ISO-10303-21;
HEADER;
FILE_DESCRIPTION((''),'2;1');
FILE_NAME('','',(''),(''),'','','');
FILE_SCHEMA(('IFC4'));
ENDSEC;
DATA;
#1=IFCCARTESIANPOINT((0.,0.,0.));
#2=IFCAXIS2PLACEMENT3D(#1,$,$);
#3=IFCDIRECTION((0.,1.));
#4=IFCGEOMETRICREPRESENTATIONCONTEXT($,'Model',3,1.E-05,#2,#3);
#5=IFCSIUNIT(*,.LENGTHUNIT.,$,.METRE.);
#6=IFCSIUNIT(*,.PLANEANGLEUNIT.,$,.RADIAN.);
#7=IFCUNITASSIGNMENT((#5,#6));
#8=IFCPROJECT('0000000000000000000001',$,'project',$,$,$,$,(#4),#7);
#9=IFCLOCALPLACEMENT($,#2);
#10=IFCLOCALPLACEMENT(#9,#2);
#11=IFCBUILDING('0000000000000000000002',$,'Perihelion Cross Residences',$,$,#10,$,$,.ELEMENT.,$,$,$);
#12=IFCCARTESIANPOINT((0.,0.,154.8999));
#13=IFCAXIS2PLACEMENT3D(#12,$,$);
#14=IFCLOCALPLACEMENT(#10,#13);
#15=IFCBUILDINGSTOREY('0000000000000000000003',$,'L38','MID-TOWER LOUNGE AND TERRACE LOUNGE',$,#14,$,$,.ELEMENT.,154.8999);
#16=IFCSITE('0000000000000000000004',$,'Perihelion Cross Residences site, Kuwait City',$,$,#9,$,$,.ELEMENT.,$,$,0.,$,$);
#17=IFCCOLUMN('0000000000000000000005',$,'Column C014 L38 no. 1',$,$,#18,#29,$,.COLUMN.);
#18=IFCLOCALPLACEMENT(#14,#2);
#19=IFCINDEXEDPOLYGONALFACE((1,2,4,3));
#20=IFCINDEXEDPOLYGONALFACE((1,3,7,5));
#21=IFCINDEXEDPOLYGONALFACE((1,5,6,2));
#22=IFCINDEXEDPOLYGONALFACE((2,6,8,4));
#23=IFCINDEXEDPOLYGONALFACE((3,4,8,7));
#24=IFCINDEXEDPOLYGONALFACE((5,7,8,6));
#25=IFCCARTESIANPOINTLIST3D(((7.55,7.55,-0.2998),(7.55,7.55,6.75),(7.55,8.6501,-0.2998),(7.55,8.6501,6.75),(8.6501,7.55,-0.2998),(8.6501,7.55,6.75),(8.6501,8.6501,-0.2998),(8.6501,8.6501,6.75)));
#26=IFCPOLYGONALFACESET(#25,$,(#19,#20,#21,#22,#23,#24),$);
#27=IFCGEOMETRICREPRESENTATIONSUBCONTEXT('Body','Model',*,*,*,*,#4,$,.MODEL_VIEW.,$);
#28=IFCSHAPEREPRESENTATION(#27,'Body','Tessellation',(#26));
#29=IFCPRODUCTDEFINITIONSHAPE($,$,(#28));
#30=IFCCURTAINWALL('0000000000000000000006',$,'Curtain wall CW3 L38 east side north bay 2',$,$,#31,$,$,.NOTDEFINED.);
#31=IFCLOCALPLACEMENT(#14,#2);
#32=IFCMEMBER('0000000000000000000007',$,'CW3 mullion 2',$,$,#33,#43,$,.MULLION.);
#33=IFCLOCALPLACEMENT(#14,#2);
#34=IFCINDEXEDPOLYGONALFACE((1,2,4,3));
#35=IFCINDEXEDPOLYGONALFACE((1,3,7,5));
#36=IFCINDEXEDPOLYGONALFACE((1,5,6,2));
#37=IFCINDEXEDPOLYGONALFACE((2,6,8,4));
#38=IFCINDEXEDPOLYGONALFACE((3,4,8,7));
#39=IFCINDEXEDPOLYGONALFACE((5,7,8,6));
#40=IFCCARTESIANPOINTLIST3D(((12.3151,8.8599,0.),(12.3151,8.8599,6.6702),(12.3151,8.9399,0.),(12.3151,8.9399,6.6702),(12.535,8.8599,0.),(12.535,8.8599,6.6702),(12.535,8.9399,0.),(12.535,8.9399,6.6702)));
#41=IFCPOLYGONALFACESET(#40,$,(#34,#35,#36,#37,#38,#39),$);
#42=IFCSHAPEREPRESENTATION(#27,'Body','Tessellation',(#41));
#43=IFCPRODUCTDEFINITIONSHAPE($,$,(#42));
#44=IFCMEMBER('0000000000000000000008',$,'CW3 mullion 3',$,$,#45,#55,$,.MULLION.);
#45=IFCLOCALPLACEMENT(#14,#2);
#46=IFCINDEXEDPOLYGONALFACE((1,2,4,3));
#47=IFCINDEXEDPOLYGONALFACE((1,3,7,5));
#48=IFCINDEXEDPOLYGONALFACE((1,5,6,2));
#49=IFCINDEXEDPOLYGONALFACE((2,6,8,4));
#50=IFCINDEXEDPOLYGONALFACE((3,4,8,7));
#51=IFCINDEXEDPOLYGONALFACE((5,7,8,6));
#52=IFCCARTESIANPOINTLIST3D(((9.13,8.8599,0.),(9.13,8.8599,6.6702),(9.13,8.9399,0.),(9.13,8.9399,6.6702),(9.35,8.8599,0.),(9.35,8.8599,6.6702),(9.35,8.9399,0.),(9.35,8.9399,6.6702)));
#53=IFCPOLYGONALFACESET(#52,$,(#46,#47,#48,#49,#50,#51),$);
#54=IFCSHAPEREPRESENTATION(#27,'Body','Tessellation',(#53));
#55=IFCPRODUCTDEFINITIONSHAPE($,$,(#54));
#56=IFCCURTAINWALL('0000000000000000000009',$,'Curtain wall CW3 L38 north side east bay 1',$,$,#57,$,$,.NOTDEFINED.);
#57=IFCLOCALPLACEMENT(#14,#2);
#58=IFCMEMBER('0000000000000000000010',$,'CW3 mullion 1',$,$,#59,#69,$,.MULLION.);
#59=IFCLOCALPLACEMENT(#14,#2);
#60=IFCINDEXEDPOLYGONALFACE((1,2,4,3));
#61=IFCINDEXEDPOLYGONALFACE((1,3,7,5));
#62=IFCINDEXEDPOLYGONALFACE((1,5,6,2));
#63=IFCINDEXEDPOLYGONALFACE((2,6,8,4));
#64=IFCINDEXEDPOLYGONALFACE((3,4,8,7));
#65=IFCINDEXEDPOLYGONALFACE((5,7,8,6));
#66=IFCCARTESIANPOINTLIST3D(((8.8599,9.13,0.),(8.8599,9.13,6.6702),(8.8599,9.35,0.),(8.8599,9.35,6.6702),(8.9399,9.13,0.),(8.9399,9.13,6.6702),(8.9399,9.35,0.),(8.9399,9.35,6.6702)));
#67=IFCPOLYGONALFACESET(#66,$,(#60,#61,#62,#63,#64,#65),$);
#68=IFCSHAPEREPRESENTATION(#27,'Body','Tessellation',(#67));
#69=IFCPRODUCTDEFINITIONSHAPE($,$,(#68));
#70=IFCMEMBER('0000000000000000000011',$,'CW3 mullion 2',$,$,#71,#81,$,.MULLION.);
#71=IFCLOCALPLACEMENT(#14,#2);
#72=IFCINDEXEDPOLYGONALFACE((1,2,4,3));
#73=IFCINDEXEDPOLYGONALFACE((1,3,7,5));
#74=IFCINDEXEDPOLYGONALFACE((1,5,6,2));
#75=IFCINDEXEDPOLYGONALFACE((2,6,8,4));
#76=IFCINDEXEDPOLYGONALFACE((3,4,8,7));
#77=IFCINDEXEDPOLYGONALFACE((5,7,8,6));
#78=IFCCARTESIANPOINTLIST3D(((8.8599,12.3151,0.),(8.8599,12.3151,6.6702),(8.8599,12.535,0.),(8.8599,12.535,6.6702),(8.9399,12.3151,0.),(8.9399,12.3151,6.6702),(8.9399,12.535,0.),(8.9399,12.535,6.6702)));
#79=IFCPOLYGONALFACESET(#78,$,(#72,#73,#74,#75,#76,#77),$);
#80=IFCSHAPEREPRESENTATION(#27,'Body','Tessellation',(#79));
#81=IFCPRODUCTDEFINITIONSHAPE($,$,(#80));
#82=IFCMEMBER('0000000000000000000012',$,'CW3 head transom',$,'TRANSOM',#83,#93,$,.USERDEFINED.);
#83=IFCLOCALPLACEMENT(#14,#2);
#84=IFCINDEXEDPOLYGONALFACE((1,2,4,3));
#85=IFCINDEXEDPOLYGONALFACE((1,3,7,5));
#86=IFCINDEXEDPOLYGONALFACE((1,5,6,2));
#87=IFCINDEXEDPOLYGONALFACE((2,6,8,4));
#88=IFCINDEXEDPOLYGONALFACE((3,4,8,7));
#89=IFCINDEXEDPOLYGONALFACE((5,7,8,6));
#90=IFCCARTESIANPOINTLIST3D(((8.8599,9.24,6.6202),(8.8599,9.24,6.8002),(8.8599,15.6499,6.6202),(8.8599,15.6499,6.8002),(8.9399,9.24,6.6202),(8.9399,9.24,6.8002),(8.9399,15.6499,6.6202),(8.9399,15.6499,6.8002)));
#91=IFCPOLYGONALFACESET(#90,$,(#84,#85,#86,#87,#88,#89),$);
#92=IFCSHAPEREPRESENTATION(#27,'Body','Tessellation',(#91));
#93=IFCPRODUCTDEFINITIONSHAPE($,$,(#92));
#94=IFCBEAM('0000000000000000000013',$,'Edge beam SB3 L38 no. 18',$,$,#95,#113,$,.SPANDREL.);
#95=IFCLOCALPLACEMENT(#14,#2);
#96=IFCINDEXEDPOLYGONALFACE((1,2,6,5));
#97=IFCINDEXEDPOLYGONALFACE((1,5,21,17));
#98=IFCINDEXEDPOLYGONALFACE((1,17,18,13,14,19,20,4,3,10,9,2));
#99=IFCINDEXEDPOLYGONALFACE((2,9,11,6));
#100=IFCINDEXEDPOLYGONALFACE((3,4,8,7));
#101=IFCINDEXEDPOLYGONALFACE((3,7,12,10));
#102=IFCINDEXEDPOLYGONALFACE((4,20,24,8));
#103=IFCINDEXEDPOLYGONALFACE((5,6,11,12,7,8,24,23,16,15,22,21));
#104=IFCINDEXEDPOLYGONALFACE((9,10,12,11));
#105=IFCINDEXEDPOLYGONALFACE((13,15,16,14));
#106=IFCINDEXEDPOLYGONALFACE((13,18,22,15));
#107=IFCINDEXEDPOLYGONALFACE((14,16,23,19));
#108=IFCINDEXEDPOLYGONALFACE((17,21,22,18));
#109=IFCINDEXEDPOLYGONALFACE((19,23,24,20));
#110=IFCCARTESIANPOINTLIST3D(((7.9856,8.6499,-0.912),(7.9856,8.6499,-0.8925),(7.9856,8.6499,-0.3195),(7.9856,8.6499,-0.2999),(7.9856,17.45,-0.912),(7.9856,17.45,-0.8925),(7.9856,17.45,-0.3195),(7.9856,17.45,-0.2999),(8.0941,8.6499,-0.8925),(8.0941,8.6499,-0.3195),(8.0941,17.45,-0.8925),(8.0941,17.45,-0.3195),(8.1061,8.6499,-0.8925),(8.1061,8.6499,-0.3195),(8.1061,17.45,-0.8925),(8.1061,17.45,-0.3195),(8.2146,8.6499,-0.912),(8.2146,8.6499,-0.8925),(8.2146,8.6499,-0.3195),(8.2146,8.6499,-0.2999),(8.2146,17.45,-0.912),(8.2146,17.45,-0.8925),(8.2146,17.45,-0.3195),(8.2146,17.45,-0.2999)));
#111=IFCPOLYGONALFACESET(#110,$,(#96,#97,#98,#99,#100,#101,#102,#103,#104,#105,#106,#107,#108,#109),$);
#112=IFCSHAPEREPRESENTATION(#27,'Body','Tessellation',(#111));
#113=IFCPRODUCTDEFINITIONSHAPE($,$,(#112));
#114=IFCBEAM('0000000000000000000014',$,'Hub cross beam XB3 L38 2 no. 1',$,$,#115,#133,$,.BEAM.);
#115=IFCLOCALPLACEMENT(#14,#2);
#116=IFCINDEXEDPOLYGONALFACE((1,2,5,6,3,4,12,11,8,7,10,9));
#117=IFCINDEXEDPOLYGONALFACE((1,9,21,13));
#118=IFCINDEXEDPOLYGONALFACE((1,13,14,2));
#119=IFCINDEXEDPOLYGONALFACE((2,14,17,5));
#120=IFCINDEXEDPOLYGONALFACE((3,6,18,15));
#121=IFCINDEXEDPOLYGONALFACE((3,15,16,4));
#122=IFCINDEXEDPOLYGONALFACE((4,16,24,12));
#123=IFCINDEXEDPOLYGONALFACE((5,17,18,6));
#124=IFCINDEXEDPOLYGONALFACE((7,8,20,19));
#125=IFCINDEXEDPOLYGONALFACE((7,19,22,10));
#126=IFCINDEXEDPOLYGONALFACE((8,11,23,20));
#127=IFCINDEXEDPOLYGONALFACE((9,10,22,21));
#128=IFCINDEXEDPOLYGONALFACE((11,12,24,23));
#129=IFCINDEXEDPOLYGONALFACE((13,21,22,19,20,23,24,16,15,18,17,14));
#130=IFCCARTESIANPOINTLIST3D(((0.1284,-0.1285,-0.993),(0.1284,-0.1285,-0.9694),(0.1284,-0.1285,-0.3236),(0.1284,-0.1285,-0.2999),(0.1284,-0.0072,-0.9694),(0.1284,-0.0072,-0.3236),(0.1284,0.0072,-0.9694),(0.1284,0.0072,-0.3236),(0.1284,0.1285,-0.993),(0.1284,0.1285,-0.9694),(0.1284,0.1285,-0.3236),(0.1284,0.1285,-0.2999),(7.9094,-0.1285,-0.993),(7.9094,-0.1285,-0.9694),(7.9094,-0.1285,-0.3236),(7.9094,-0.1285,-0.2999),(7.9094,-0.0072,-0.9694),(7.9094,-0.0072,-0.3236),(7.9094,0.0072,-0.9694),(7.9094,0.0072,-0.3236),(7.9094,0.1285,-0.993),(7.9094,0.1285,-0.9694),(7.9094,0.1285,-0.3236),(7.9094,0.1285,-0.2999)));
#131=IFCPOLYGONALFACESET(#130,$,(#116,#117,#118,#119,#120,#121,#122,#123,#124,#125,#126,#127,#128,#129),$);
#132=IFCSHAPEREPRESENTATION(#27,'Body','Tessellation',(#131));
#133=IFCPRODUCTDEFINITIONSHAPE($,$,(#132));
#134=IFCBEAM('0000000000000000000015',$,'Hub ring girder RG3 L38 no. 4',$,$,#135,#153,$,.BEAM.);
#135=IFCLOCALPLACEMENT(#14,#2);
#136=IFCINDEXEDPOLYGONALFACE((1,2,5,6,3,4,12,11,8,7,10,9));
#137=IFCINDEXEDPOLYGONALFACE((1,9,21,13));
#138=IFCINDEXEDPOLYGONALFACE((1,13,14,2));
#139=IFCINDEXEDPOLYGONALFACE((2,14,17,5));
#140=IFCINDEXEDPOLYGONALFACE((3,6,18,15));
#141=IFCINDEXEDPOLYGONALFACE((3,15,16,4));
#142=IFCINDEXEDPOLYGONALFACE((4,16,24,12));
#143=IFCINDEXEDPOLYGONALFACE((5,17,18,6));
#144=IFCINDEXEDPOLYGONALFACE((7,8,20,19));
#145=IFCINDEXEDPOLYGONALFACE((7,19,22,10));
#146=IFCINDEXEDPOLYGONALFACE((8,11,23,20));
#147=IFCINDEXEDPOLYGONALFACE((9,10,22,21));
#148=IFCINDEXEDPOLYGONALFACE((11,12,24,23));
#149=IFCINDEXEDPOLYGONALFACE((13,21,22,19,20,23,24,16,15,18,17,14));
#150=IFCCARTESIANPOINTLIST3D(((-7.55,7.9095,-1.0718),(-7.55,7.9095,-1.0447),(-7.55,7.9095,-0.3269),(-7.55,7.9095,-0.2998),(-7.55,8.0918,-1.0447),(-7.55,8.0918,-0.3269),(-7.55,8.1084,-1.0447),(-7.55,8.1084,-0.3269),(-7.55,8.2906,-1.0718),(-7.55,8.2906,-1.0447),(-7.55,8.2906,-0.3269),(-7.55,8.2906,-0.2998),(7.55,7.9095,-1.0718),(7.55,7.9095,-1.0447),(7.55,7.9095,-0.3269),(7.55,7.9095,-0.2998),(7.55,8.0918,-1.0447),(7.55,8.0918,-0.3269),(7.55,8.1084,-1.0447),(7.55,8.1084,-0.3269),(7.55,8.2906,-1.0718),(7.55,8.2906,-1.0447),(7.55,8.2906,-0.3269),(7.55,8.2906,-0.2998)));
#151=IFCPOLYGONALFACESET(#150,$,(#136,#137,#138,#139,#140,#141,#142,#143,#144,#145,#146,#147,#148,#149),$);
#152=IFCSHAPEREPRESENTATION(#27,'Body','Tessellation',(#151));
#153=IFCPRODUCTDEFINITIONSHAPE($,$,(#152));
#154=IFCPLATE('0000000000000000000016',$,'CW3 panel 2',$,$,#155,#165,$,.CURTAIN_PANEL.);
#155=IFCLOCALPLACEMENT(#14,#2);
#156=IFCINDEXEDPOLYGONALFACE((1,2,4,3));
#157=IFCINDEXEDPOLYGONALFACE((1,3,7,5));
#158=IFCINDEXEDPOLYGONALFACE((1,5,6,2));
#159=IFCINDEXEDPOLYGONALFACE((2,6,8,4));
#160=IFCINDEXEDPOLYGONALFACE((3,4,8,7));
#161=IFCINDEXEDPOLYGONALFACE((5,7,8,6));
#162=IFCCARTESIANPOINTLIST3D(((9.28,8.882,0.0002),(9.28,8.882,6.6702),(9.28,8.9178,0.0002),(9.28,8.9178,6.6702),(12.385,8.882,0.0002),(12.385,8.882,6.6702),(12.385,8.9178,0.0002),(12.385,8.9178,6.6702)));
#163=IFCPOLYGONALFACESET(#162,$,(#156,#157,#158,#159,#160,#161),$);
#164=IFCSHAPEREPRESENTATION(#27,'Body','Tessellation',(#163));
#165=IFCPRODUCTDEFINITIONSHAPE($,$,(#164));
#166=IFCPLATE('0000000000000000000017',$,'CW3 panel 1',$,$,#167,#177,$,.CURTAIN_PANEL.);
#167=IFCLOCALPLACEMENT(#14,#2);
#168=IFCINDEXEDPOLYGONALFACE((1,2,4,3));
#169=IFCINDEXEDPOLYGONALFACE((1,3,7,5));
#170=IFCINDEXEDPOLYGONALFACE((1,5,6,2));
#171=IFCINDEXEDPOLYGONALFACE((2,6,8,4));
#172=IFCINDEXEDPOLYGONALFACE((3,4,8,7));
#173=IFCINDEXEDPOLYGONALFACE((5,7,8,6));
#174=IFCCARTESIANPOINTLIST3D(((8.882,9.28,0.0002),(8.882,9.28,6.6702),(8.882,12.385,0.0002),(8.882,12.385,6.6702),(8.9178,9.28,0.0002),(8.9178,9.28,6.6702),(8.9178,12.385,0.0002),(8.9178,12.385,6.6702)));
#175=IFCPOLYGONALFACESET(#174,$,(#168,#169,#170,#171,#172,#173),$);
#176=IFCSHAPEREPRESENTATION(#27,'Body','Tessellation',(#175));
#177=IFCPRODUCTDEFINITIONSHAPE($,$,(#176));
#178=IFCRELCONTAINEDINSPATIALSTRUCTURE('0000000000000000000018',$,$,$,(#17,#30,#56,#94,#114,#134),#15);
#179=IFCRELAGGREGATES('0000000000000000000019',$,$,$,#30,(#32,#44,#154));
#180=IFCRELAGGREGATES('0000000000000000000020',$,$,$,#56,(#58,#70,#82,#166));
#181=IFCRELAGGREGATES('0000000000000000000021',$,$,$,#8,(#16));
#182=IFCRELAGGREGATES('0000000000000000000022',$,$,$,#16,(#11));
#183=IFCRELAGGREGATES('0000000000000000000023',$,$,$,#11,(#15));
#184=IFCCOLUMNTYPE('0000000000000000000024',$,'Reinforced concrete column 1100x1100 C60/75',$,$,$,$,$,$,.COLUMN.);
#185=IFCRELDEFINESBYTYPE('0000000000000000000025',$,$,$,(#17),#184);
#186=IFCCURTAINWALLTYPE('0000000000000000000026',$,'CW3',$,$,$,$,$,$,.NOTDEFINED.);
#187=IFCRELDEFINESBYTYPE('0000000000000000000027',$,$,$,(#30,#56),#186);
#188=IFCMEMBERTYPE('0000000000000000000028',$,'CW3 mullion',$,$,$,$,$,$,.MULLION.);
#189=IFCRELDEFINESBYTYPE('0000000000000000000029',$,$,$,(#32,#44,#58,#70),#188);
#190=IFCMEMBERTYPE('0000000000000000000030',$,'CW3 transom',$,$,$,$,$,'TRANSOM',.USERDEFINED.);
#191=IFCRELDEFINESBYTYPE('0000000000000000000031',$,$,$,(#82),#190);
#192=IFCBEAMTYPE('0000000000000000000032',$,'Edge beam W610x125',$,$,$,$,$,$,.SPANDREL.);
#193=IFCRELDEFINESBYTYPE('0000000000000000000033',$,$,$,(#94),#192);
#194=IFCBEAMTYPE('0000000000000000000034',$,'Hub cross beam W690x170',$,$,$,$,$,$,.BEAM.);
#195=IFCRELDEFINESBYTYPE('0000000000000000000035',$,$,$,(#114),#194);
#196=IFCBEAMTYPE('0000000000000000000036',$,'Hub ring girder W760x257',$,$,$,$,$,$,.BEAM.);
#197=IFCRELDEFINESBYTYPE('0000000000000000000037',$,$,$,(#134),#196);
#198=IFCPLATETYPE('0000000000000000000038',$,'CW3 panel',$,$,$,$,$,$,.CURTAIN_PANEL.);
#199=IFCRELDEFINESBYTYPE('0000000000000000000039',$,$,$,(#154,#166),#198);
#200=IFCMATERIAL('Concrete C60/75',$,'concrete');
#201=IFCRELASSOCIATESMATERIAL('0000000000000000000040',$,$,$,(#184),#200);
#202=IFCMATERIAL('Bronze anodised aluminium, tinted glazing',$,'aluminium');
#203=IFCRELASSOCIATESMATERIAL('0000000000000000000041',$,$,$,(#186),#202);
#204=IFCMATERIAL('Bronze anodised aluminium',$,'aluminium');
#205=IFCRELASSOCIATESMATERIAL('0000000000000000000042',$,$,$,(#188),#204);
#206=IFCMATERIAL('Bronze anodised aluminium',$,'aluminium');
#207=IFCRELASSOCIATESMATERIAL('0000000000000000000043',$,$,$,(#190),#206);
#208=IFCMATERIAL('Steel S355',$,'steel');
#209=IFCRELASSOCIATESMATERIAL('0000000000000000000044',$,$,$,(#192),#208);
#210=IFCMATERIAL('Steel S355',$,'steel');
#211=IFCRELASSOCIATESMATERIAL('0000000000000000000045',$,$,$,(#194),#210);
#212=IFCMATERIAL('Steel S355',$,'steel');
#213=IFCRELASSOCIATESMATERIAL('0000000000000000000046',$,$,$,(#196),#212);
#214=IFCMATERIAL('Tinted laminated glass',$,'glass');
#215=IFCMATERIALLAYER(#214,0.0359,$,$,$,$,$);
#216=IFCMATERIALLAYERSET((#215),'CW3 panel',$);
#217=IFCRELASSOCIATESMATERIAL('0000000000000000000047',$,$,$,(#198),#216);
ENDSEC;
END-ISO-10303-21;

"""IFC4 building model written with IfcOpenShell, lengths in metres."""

from ifc_helpers import new_model, si_unit, direction, frame, origin, origin_2d, place, context, subcontext, project, spatial, rectangle, i_section, extrude, material, layer, layer_set, material_profile, profile_set, type_object, element, aggregate, save


model = new_model("IFC4")

# Units and contexts
model_context = context("Model", 3, precision=1e-05, world=origin(), true_north=direction((0.0, 1.0)))
body_context = subcontext(model_context, "Body", "Model", "MODEL_VIEW")
ifc_project = project(units=[si_unit("LENGTHUNIT", "METRE"), si_unit("PLANEANGLEUNIT", "RADIAN")], contexts=[model_context])

# Site, building, storey
site_placement = place(None, origin())
site = spatial("IfcSite", under=ifc_project, at=site_placement, Name="Perihelion Cross Residences site, Kuwait City", CompositionType="ELEMENT", RefElevation=0.0)
building_placement = place(site_placement, origin())
building = spatial("IfcBuilding", under=site, at=building_placement, Name="Perihelion Cross Residences", CompositionType="ELEMENT")
storey_placement = place(building_placement, frame((0.0, 0.0, 154.8999)))
storey = spatial("IfcBuildingStorey", under=building, at=storey_placement, Name="L38", Description="MID-TOWER LOUNGE AND TERRACE LOUNGE", CompositionType="ELEMENT", Elevation=154.8999)

# Column
ifc_material_1 = material(Name="Concrete C60/75", Category="concrete")
ifc_material_profile_1 = material_profile(ifc_material_1, rectangle(XDim=1.1001, YDim=1.1001, at=origin_2d()), Name="RC 1100x1100")
ifc_profile_set_1 = profile_set([ifc_material_profile_1], Name="Concrete C60/75")
column_type = type_object("IfcColumnType", Name="Reinforced concrete column 1100x1100 C60/75", PredefinedType="COLUMN", material=ifc_profile_set_1)
column_placement = place(storey_placement, frame((8.1001, 8.1001, -0.2998), z_axis=(0.0, 0.0, 1.0), x_axis=(1.0, 0.0, 0.0)))
element("IfcColumn", 1, at=column_placement, inside=storey, type_object=column_type, Name="Column C014 L38 no. 1", PredefinedType="COLUMN", context=body_context, shape_type="SweptSolid", body=[
    extrude(rectangle(XDim=1.1001, YDim=1.1001, at=origin_2d()), origin(), (0.0, 0.0, 1.0), 7.0498),
])

# Curtain walls, members
ifc_material_2 = material(Name="Bronze anodised aluminium, tinted glazing", Category="aluminium")
curtain_wall_type = type_object("IfcCurtainWallType", Name="CW3", PredefinedType="NOTDEFINED", material=ifc_material_2)
curtain_wall_1_placement = place(storey_placement, origin())
curtain_wall_1 = element("IfcCurtainWall", 2, at=curtain_wall_1_placement, inside=storey, type_object=curtain_wall_type, Name="Curtain wall CW3 L38 east side north bay 2", PredefinedType="NOTDEFINED")
ifc_material_3 = material(Name="Bronze anodised aluminium", Category="aluminium")
ifc_material_profile_2 = material_profile(ifc_material_3, rectangle(XDim=0.0801, YDim=0.22, at=origin_2d()), Name="CW3 mullion")
ifc_profile_set_2 = profile_set([ifc_material_profile_2], Name="Bronze anodised aluminium")
member_type_1 = type_object("IfcMemberType", Name="CW3 mullion", PredefinedType="MULLION", material=ifc_profile_set_2)
member_1_placement = place(storey_placement, frame((12.425, 8.8999, 0.0), z_axis=(0.0, 0.0, 1.0), x_axis=(0.0, -1.0, 0.0)))
member_1 = element("IfcMember", 3, at=member_1_placement, type_object=member_type_1, Name="CW3 mullion 2", PredefinedType="MULLION", context=body_context, shape_type="SweptSolid", body=[
    extrude(rectangle(XDim=0.0801, YDim=0.22, at=origin_2d()), origin(), (0.0, 0.0, 1.0), 6.6702),
])
member_2_placement = place(storey_placement, frame((9.24, 8.8999, 0.0), z_axis=(0.0, 0.0, 1.0), x_axis=(0.0, -1.0, 0.0)))
member_2 = element("IfcMember", 4, at=member_2_placement, type_object=member_type_1, Name="CW3 mullion 3", PredefinedType="MULLION", context=body_context, shape_type="SweptSolid", body=[
    extrude(rectangle(XDim=0.0801, YDim=0.22, at=origin_2d()), origin(), (0.0, 0.0, 1.0), 6.6702),
])
curtain_wall_2_placement = place(storey_placement, origin())
curtain_wall_2 = element("IfcCurtainWall", 5, at=curtain_wall_2_placement, inside=storey, type_object=curtain_wall_type, Name="Curtain wall CW3 L38 north side east bay 1", PredefinedType="NOTDEFINED")
member_3_placement = place(storey_placement, frame((8.8999, 9.24, 0.0), z_axis=(0.0, 0.0, 1.0), x_axis=(-1.0, 0.0, 0.0)))
member_3 = element("IfcMember", 6, at=member_3_placement, type_object=member_type_1, Name="CW3 mullion 1", PredefinedType="MULLION", context=body_context, shape_type="SweptSolid", body=[
    extrude(rectangle(XDim=0.0801, YDim=0.22, at=origin_2d()), origin(), (0.0, 0.0, 1.0), 6.6702),
])
member_4_placement = place(storey_placement, frame((8.8999, 12.425, 0.0), z_axis=(0.0, 0.0, 1.0), x_axis=(-1.0, 0.0, 0.0)))
member_4 = element("IfcMember", 7, at=member_4_placement, type_object=member_type_1, Name="CW3 mullion 2", PredefinedType="MULLION", context=body_context, shape_type="SweptSolid", body=[
    extrude(rectangle(XDim=0.0801, YDim=0.22, at=origin_2d()), origin(), (0.0, 0.0, 1.0), 6.6702),
])
ifc_material_4 = material(Name="Bronze anodised aluminium", Category="aluminium")
ifc_material_profile_3 = material_profile(ifc_material_4, rectangle(XDim=0.0801, YDim=0.1799, at=origin_2d()), Name="CW3 transom")
ifc_profile_set_3 = profile_set([ifc_material_profile_3], Name="Bronze anodised aluminium")
member_type_2 = type_object("IfcMemberType", Name="CW3 transom", ElementType="TRANSOM", PredefinedType="USERDEFINED", material=ifc_profile_set_3)
member_5_placement = place(storey_placement, frame((8.8999, 9.24, 6.7102), z_axis=(0.0, 1.0, 0.0), x_axis=(-1.0, 0.0, 0.0)))
member_5 = element("IfcMember", 8, at=member_5_placement, type_object=member_type_2, Name="CW3 head transom", ObjectType="TRANSOM", PredefinedType="USERDEFINED", context=body_context, shape_type="SweptSolid", body=[
    extrude(rectangle(XDim=0.0801, YDim=0.1799, at=origin_2d()), origin(), (0.0, 0.0, 1.0), 6.4099),
])

# Beams
ifc_material_5 = material(Name="Steel S355", Category="steel")
ifc_material_profile_4 = material_profile(ifc_material_5, i_section(OverallWidth=0.229, OverallDepth=0.6121, WebThickness=0.012, FlangeThickness=0.0195, at=origin_2d()), Name="W610x125")
ifc_profile_set_4 = profile_set([ifc_material_profile_4], Name="Steel S355")
beam_type_1 = type_object("IfcBeamType", Name="Edge beam W610x125", PredefinedType="SPANDREL", material=ifc_profile_set_4)
beam_1_placement = place(storey_placement, frame((8.1001, 8.6499, -0.606), z_axis=(0.0, 1.0, 0.0), x_axis=(-1.0, 0.0, 0.0)))
element("IfcBeam", 9, at=beam_1_placement, inside=storey, type_object=beam_type_1, Name="Edge beam SB3 L38 no. 18", PredefinedType="SPANDREL", context=body_context, shape_type="SweptSolid", body=[
    extrude(i_section(OverallWidth=0.229, OverallDepth=0.6121, WebThickness=0.012, FlangeThickness=0.0195, at=origin_2d()), origin(), (0.0, 0.0, 1.0), 8.8),
])
ifc_material_6 = material(Name="Steel S355", Category="steel")
ifc_material_profile_5 = material_profile(ifc_material_6, i_section(OverallWidth=0.2571, OverallDepth=0.6931, WebThickness=0.0144, FlangeThickness=0.0237, at=origin_2d()), Name="W690x170")
ifc_profile_set_5 = profile_set([ifc_material_profile_5], Name="Steel S355")
beam_type_2 = type_object("IfcBeamType", Name="Hub cross beam W690x170", PredefinedType="BEAM", material=ifc_profile_set_5)
beam_2_placement = place(storey_placement, frame((0.1284, 0.0, -0.6465), z_axis=(1.0, 0.0, 0.0), x_axis=(0.0, 1.0, 0.0)))
element("IfcBeam", 10, at=beam_2_placement, inside=storey, type_object=beam_type_2, Name="Hub cross beam XB3 L38 2 no. 1", PredefinedType="BEAM", context=body_context, shape_type="SweptSolid", body=[
    extrude(i_section(OverallWidth=0.2571, OverallDepth=0.6931, WebThickness=0.0144, FlangeThickness=0.0237, at=origin_2d()), origin(), (0.0, 0.0, 1.0), 7.781),
])
ifc_material_7 = material(Name="Steel S355", Category="steel")
ifc_material_profile_6 = material_profile(ifc_material_7, i_section(OverallWidth=0.3811, OverallDepth=0.772, WebThickness=0.0166, FlangeThickness=0.0271, at=origin_2d()), Name="W760x257")
ifc_profile_set_6 = profile_set([ifc_material_profile_6], Name="Steel S355")
beam_type_3 = type_object("IfcBeamType", Name="Hub ring girder W760x257", PredefinedType="BEAM", material=ifc_profile_set_6)
beam_3_placement = place(storey_placement, frame((7.55, 8.1001, -0.6858), z_axis=(-1.0, 0.0, 0.0), x_axis=(0.0, -1.0, 0.0)))
element("IfcBeam", 11, at=beam_3_placement, inside=storey, type_object=beam_type_3, Name="Hub ring girder RG3 L38 no. 4", PredefinedType="BEAM", context=body_context, shape_type="SweptSolid", body=[
    extrude(i_section(OverallWidth=0.3811, OverallDepth=0.772, WebThickness=0.0166, FlangeThickness=0.0271, at=origin_2d()), origin(), (0.0, 0.0, 1.0), 15.1001),
])

# Plates
ifc_material_8 = material(Name="Tinted laminated glass", Category="glass")
ifc_layer_1 = layer(ifc_material_8, 0.0359)
ifc_layer_set_1 = layer_set([ifc_layer_1], Name="CW3 panel")
plate_type = type_object("IfcPlateType", Name="CW3 panel", PredefinedType="CURTAIN_PANEL", material=ifc_layer_set_1)
plate_1_placement = place(storey_placement, frame((10.8325, 8.8999, 0.0002), z_axis=(0.0, 0.0, 1.0), x_axis=(-1.0, 0.0, 0.0)))
plate_1 = element("IfcPlate", 12, at=plate_1_placement, type_object=plate_type, Name="CW3 panel 2", PredefinedType="CURTAIN_PANEL", context=body_context, shape_type="SweptSolid", body=[
    extrude(rectangle(XDim=3.105, YDim=0.0359, at=origin_2d()), origin(), (0.0, 0.0, 1.0), 6.6699),
])
aggregate(curtain_wall_1, [member_1, member_2, plate_1])
plate_2_placement = place(storey_placement, frame((8.8999, 10.8325, 0.0002), z_axis=(0.0, 0.0, 1.0), x_axis=(0.0, 1.0, 0.0)))
plate_2 = element("IfcPlate", 13, at=plate_2_placement, type_object=plate_type, Name="CW3 panel 1", PredefinedType="CURTAIN_PANEL", context=body_context, shape_type="SweptSolid", body=[
    extrude(rectangle(XDim=3.105, YDim=0.0359, at=origin_2d()), origin(), (0.0, 0.0, 1.0), 6.6699),
])
aggregate(curtain_wall_2, [member_3, member_4, member_5, plate_2])

save(model, "model.ifc")
